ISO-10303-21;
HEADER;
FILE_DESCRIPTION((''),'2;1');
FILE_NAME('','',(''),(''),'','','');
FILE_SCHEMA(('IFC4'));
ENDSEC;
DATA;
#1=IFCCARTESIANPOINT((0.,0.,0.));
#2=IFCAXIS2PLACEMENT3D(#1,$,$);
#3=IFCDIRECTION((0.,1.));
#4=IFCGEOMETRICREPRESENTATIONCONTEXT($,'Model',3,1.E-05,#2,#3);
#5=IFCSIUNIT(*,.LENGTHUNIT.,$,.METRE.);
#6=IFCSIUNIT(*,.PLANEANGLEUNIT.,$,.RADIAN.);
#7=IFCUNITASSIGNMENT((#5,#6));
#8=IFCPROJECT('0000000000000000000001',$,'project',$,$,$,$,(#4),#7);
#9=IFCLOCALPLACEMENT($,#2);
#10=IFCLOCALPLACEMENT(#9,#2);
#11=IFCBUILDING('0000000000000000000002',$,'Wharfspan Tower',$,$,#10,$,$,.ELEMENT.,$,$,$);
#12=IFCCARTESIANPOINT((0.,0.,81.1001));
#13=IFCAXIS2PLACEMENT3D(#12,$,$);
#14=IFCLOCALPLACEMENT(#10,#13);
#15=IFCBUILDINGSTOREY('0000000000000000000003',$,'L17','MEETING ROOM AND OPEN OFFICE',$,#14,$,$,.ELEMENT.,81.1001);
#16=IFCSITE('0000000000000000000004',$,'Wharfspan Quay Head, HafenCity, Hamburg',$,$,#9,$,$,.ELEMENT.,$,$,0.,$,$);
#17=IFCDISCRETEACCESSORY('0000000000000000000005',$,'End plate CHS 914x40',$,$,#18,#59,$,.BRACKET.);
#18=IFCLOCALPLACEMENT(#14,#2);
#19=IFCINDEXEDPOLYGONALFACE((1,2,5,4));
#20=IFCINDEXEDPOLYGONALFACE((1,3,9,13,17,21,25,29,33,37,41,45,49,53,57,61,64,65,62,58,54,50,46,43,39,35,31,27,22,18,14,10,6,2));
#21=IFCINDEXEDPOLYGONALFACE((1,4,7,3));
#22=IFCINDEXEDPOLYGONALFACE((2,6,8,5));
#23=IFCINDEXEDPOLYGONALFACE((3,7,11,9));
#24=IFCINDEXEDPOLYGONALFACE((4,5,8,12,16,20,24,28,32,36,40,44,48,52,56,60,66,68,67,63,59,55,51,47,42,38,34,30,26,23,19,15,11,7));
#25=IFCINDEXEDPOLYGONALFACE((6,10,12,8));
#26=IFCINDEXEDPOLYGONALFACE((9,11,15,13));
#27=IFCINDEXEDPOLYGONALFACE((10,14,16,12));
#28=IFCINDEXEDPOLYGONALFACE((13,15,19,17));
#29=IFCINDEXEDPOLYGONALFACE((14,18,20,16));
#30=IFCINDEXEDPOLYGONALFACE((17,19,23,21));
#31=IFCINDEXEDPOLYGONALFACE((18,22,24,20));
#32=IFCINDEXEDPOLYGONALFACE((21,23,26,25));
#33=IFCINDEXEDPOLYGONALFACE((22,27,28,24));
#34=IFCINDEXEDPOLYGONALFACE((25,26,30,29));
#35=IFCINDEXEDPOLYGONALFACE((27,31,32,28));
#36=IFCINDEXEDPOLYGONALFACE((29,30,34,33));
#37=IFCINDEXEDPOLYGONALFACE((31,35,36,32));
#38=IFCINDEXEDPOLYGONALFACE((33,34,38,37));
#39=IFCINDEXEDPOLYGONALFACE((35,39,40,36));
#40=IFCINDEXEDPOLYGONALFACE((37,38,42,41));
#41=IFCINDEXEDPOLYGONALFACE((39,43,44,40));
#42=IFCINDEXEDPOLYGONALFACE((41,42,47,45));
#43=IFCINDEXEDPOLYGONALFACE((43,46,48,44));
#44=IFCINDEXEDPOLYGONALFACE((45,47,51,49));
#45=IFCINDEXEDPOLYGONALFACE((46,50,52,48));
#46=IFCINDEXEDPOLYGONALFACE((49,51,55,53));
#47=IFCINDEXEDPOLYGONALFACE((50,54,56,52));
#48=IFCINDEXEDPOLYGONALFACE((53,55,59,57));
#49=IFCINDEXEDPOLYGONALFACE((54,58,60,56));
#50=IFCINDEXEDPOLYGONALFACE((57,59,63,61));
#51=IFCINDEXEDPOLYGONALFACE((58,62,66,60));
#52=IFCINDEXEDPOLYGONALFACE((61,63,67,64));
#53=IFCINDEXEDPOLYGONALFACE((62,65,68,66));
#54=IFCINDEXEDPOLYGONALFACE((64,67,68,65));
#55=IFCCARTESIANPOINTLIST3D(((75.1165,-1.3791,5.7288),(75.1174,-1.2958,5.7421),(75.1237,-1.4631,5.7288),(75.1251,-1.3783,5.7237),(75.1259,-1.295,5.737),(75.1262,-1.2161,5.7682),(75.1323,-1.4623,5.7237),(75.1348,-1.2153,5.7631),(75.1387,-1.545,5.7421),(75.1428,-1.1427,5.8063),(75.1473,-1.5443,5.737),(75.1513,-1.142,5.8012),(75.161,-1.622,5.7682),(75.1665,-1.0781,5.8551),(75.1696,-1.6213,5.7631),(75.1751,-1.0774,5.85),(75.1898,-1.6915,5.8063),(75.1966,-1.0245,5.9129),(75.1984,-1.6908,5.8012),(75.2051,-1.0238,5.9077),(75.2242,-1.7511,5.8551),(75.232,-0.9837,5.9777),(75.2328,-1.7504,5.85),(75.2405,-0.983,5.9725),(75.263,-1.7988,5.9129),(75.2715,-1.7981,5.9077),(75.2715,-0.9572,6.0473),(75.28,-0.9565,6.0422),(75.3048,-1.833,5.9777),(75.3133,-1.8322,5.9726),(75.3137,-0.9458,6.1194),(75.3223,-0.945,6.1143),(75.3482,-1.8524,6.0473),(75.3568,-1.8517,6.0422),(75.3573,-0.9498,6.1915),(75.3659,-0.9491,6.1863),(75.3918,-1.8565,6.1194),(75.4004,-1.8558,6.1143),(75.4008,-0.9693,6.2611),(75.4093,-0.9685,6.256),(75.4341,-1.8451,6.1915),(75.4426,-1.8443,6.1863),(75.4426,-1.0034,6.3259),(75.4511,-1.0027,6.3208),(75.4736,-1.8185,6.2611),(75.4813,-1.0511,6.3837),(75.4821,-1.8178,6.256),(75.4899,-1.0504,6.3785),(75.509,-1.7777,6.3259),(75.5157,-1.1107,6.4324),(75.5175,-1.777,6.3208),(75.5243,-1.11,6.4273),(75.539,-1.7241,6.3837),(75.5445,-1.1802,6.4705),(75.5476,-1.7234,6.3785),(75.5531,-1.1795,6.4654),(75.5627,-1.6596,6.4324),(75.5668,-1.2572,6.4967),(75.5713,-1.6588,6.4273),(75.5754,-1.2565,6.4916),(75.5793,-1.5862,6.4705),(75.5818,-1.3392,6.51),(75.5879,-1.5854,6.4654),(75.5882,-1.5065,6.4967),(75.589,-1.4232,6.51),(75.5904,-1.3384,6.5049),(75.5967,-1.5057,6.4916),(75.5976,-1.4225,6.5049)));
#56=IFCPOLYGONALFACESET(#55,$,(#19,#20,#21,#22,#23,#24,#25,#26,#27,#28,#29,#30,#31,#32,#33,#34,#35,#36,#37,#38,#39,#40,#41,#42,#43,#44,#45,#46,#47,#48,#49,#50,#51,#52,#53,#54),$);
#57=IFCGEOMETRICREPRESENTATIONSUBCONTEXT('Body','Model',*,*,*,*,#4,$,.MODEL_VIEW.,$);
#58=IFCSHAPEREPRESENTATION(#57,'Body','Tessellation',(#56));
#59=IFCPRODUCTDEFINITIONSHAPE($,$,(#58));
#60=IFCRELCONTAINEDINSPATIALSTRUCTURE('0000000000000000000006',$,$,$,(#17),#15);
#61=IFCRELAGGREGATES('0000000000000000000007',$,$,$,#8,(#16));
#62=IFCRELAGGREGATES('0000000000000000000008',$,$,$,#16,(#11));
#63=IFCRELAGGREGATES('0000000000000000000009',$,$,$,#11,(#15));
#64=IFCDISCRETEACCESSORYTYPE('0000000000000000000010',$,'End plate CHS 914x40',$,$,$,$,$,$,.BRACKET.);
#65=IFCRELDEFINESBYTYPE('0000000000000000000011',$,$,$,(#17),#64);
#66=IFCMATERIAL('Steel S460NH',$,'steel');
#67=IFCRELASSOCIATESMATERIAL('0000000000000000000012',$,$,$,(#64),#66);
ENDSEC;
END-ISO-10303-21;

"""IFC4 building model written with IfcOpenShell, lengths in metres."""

from ifc_helpers import new_model, si_unit, direction, frame, origin, origin_2d, place, context, subcontext, project, spatial, circle, extrude, material, material_profile, profile_set, type_object, element, save


model = new_model("IFC4")

# Units and contexts
model_context = context("Model", 3, precision=1e-05, world=origin(), true_north=direction((0.0, 1.0)))
body_context = subcontext(model_context, "Body", "Model", "MODEL_VIEW")
ifc_project = project(units=[si_unit("LENGTHUNIT", "METRE"), si_unit("PLANEANGLEUNIT", "RADIAN")], contexts=[model_context])

# Site, building, storey
site_placement = place(None, origin())
site = spatial("IfcSite", under=ifc_project, at=site_placement, Name="Wharfspan Quay Head, HafenCity, Hamburg", CompositionType="ELEMENT", RefElevation=0.0)
building_placement = place(site_placement, origin())
building = spatial("IfcBuilding", under=site, at=building_placement, Name="Wharfspan Tower", CompositionType="ELEMENT")
storey_placement = place(building_placement, frame((0.0, 0.0, 81.1001)))
storey = spatial("IfcBuildingStorey", under=building, at=storey_placement, Name="L17", Description="MEETING ROOM AND OPEN OFFICE", CompositionType="ELEMENT", Elevation=81.1001)

# Shared definitions
ifc_material_1 = material(Name="Steel S460NH", Category="steel")

# Discrete accessory
ifc_material_profile_1 = material_profile(ifc_material_1, circle(Radius=0.457, at=origin_2d()))
ifc_profile_set_1 = profile_set([ifc_material_profile_1], Name="Steel S460NH")
discrete_accessory_type = type_object("IfcDiscreteAccessoryType", Name="End plate CHS 914x40", PredefinedType="BRACKET", material=ifc_profile_set_1)
discrete_accessory_1_placement = place(storey_placement, frame((75.3613, -1.4004, 6.1143), z_axis=(-0.855186, -0.073302, 0.513112), x_axis=(0.085402, -0.996345, 0.000001)))
element("IfcDiscreteAccessory", 1, at=discrete_accessory_1_placement, inside=storey, type_object=discrete_accessory_type, Name="End plate CHS 914x40", PredefinedType="BRACKET", context=body_context, shape_type="SweptSolid", body=[
    extrude(circle(Radius=0.457, at=origin_2d()), origin(), (0.0, 0.0, 1.0), 0.01),
])

save(model, "model.ifc")
